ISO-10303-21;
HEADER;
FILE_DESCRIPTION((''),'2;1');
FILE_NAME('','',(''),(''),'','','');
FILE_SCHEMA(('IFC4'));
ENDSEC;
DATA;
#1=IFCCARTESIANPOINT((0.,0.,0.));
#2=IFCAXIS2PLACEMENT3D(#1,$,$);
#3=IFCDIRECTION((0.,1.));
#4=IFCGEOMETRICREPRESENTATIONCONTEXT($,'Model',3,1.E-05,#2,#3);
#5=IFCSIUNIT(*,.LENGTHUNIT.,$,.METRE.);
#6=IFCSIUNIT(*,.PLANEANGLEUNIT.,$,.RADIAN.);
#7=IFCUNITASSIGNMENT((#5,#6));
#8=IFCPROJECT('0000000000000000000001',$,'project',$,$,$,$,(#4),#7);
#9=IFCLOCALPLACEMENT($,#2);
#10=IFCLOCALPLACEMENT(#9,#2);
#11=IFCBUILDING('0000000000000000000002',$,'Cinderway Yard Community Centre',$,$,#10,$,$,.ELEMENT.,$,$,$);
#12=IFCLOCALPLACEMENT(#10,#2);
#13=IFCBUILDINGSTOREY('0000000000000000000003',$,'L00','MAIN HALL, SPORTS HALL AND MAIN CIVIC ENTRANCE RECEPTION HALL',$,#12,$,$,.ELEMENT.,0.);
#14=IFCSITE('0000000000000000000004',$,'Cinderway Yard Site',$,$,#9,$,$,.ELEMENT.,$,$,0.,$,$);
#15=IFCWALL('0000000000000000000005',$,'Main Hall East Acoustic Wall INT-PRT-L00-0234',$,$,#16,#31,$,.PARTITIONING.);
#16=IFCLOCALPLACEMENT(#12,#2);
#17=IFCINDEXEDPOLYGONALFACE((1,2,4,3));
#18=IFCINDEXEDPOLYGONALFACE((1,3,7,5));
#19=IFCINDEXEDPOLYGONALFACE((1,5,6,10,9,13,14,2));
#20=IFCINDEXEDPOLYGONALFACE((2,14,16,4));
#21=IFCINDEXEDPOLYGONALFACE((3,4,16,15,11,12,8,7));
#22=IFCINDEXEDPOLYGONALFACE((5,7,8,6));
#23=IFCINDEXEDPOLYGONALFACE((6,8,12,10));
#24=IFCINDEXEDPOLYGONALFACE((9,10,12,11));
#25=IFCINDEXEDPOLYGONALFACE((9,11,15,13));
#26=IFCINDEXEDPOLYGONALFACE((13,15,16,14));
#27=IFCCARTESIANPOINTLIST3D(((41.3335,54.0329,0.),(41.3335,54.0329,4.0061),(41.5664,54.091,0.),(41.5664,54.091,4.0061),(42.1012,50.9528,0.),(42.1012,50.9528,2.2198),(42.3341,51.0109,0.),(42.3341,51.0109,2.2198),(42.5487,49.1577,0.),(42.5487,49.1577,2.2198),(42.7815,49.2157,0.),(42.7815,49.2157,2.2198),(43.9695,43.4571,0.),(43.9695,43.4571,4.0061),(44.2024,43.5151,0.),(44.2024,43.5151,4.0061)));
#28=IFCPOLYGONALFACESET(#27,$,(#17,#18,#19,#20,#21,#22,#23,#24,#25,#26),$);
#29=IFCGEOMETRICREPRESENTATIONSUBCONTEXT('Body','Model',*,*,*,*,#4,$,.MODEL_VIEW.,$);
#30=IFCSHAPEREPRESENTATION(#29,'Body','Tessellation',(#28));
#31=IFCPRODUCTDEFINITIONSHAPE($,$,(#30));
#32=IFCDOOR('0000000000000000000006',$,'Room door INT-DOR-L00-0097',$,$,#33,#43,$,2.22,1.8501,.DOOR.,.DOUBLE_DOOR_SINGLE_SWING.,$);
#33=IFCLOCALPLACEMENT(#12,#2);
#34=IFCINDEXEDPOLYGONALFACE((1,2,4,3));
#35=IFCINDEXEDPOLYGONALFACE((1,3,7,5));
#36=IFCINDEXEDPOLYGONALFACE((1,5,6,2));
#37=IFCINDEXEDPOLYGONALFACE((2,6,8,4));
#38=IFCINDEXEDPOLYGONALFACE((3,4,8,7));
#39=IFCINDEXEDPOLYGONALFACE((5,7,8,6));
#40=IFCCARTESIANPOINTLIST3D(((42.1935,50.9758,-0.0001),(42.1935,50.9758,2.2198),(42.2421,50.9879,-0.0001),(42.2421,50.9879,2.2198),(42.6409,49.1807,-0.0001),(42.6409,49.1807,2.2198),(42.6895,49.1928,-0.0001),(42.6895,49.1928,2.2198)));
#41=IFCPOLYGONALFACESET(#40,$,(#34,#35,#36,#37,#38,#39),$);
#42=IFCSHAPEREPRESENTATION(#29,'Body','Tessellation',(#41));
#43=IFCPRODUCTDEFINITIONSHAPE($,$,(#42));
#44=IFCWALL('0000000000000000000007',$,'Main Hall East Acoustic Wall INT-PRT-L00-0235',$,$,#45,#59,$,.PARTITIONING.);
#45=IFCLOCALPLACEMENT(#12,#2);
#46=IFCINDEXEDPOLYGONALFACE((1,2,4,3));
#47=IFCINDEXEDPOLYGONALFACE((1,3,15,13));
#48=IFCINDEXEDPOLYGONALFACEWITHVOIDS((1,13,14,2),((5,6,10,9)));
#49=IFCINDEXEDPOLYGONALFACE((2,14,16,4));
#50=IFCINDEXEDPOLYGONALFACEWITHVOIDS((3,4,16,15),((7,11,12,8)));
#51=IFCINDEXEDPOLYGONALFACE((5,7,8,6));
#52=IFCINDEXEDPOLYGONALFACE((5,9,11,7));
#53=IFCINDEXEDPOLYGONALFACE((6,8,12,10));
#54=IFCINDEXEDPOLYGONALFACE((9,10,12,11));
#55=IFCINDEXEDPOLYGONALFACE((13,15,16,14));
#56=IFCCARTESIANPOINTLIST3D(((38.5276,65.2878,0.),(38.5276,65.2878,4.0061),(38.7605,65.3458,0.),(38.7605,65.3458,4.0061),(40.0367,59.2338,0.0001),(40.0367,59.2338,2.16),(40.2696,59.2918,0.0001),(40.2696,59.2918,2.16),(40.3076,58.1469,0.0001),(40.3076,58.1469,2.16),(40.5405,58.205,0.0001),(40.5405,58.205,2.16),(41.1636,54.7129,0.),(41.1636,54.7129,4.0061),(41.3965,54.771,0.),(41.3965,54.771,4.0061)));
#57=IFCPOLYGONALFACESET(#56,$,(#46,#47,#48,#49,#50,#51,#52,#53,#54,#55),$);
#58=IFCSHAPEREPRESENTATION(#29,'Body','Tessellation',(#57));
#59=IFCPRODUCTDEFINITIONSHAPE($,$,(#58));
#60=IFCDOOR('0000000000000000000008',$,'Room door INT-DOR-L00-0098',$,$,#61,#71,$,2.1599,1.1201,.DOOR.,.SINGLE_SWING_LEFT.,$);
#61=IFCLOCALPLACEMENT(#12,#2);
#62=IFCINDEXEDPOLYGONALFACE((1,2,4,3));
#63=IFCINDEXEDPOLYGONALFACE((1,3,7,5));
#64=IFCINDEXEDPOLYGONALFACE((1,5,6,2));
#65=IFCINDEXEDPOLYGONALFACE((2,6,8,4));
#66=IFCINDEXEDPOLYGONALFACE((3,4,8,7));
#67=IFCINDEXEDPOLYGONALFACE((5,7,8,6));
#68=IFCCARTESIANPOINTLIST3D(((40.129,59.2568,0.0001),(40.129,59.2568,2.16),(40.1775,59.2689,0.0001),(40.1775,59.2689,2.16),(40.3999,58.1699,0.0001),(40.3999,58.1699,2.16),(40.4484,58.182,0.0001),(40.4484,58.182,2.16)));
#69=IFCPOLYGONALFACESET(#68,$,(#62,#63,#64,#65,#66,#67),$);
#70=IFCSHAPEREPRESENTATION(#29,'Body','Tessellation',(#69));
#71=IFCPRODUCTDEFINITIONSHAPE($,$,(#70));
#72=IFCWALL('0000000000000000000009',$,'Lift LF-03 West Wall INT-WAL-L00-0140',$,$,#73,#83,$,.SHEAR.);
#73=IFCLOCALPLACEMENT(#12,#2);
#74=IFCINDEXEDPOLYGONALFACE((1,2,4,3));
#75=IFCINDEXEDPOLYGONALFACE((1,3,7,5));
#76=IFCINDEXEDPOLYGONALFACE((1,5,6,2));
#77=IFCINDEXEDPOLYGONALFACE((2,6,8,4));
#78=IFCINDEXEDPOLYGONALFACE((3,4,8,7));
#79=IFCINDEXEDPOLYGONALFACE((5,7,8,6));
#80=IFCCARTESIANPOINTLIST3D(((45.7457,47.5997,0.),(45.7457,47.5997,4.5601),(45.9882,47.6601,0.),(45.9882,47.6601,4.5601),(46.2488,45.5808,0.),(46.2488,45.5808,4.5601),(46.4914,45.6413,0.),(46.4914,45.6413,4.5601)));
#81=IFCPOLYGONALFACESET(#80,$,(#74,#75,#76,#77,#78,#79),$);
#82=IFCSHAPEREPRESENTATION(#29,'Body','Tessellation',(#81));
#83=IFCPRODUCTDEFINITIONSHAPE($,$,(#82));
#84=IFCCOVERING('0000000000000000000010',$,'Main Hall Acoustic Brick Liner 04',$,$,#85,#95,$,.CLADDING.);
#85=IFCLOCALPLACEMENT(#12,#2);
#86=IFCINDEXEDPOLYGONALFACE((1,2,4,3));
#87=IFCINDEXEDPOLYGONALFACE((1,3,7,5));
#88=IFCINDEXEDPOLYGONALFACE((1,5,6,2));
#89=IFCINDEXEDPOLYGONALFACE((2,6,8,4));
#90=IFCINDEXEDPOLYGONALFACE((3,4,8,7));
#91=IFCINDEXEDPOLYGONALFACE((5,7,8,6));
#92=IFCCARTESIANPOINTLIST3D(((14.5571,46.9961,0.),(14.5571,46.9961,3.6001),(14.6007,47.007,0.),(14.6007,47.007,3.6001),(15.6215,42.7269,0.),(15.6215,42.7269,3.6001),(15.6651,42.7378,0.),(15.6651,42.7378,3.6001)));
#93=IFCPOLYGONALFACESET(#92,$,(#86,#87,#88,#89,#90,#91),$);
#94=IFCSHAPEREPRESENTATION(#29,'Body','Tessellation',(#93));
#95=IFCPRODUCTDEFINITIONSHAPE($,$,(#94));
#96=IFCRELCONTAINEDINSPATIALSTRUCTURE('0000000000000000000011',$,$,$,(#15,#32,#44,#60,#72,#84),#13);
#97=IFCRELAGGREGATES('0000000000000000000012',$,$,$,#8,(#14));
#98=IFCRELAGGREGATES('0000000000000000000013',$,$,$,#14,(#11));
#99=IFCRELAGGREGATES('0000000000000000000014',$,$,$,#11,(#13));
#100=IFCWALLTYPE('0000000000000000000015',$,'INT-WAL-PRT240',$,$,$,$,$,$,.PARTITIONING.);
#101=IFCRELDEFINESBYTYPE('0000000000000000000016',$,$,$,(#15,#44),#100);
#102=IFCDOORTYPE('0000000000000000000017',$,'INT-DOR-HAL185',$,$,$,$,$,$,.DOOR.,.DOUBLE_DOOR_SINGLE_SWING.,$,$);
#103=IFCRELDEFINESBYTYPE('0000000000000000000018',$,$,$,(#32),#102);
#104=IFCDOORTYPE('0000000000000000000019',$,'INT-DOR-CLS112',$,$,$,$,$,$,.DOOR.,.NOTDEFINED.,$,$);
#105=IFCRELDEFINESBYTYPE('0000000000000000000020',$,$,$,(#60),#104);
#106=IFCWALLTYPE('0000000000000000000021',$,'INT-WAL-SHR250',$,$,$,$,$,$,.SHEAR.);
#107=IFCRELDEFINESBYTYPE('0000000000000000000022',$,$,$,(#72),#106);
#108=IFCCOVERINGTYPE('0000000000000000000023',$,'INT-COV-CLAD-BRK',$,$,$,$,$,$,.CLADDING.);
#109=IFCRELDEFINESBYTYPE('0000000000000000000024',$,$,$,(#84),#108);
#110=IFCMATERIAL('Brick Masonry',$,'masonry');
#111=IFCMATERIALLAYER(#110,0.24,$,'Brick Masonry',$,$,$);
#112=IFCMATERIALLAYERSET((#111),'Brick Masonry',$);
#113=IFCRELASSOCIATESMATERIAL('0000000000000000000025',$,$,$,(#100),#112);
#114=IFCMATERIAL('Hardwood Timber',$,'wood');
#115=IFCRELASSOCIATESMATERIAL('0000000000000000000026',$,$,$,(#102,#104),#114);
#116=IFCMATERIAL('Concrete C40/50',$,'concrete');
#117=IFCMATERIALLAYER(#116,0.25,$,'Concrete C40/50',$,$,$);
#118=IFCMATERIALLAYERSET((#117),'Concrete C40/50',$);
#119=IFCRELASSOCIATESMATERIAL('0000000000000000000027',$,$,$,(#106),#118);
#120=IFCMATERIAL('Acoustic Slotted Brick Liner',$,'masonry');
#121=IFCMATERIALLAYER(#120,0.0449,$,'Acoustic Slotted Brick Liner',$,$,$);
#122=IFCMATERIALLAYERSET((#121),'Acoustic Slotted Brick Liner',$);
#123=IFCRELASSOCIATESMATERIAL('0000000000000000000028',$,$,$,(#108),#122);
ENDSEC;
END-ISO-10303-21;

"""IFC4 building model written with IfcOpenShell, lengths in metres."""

from ifc_helpers import new_model, si_unit, direction, frame, frame_2d, origin, origin_2d, place, context, subcontext, project, spatial, rectangle, extrude, material, layer, layer_set, type_object, element, fill, save


model = new_model("IFC4")

# Units and contexts
model_context = context("Model", 3, precision=1e-05, world=origin(), true_north=direction((0.0, 1.0)))
body_context = subcontext(model_context, "Body", "Model", "MODEL_VIEW")
ifc_project = project(units=[si_unit("LENGTHUNIT", "METRE"), si_unit("PLANEANGLEUNIT", "RADIAN")], contexts=[model_context])

# Site, building, storey
site_placement = place(None, origin())
site = spatial("IfcSite", under=ifc_project, at=site_placement, Name="Cinderway Yard Site", CompositionType="ELEMENT", RefElevation=0.0)
building_placement = place(site_placement, origin())
building = spatial("IfcBuilding", under=site, at=building_placement, Name="Cinderway Yard Community Centre", CompositionType="ELEMENT")
storey_placement = place(building_placement, origin())
storey = spatial("IfcBuildingStorey", under=building, at=storey_placement, Name="L00", Description="MAIN HALL, SPORTS HALL AND MAIN CIVIC ENTRANCE RECEPTION HALL", CompositionType="ELEMENT", Elevation=0.0)

# Shared definitions
ifc_material_1 = material(Name="Concrete C40/50", Category="concrete")

# Walls, openings, doors
ifc_material_2 = material(Name="Brick Masonry", Category="masonry")
ifc_layer_1 = layer(ifc_material_2, 0.24, Name="Brick Masonry")
ifc_layer_set_1 = layer_set([ifc_layer_1], Name="Brick Masonry")
wall_type_1 = type_object("IfcWallType", Name="INT-WAL-PRT240", PredefinedType="PARTITIONING", material=ifc_layer_set_1)
wall_1_placement = place(storey_placement, frame((44.0859, 43.4861, 0.0), z_axis=(0.0, 0.0, 1.0), x_axis=(-0.241845, 0.970315, 0.0)))
wall_1 = element("IfcWall", 1, at=wall_1_placement, inside=storey, type_object=wall_type_1, Name="Main Hall East Acoustic Wall INT-PRT-L00-0234", PredefinedType="PARTITIONING", context=body_context, shape_type="SweptSolid", body=[
    extrude(rectangle(XDim=10.8994, YDim=0.24, at=frame_2d((5.4497, 0.0))), origin(), (0.0, 0.0, 1.0), 4.0061),
])
opening_1_placement = place(wall_1_placement, frame((5.875, 0.0, 0.0)))
opening_1 = element("IfcOpeningElement", 2, at=opening_1_placement, cuts=wall_1, PredefinedType="OPENING", context=body_context, shape_type="SweptSolid", body=[
    extrude(rectangle(XDim=1.8501, YDim=2.22, at=frame_2d((0.925, 1.1099))), frame((0.0, 0.1299, 0.0), z_axis=(0.0, -1.0, 0.0), x_axis=(1.0, 0.0, 0.0)), (0.0, 0.0, 1.0), 0.26),
])
ifc_material_3 = material(Name="Hardwood Timber", Category="wood")
door_type_1 = type_object("IfcDoorType", Name="INT-DOR-HAL185", OperationType="DOUBLE_DOOR_SINGLE_SWING", PredefinedType="DOOR", material=ifc_material_3)
door_1_placement = place(opening_1_placement, origin())
door_1 = element("IfcDoor", 3, at=door_1_placement, inside=storey, type_object=door_type_1, Name="Room door INT-DOR-L00-0097", OperationType="DOUBLE_DOOR_SINGLE_SWING", OverallHeight=2.22, OverallWidth=1.8501, PredefinedType="DOOR", context=body_context, shape_type="SweptSolid", body=[
    extrude(rectangle(XDim=1.8501, YDim=2.22, at=frame_2d((0.925, 1.1099))), frame((0.0, 0.0249, 0.0), z_axis=(0.0, -1.0, 0.0), x_axis=(1.0, 0.0, 0.0)), (0.0, 0.0, 1.0), 0.05),
])
fill(opening_1, door_1)
wall_2_placement = place(storey_placement, frame((41.28, 54.7419, 0.0), z_axis=(0.0, 0.0, 1.0), x_axis=(-0.241866, 0.97031, 0.0)))
wall_2 = element("IfcWall", 4, at=wall_2_placement, inside=storey, type_object=wall_type_1, Name="Main Hall East Acoustic Wall INT-PRT-L00-0235", PredefinedType="PARTITIONING", context=body_context, shape_type="SweptSolid", body=[
    extrude(rectangle(XDim=10.8984, YDim=0.24, at=frame_2d((5.4492, 0.0))), origin(), (0.0, 0.0, 1.0), 4.0061),
])
opening_2_placement = place(wall_2_placement, frame((3.5391, 0.0, 0.0)))
opening_2 = element("IfcOpeningElement", 5, at=opening_2_placement, cuts=wall_2, PredefinedType="OPENING", context=body_context, shape_type="SweptSolid", body=[
    extrude(rectangle(XDim=1.1201, YDim=2.1599, at=frame_2d((0.5601, 1.0801))), frame((0.0, 0.1299, 0.0), z_axis=(0.0, -1.0, 0.0), x_axis=(1.0, 0.0, 0.0)), (0.0, 0.0, 1.0), 0.26),
])
door_type_2 = type_object("IfcDoorType", Name="INT-DOR-CLS112", OperationType="NOTDEFINED", PredefinedType="DOOR", material=ifc_material_3)
door_2_placement = place(opening_2_placement, origin())
door_2 = element("IfcDoor", 6, at=door_2_placement, inside=storey, type_object=door_type_2, Name="Room door INT-DOR-L00-0098", OperationType="SINGLE_SWING_LEFT", OverallHeight=2.1599, OverallWidth=1.1201, PredefinedType="DOOR", context=body_context, shape_type="SweptSolid", body=[
    extrude(rectangle(XDim=1.1201, YDim=2.1599, at=frame_2d((0.5601, 1.0801))), frame((0.0, 0.0249, 0.0), z_axis=(0.0, -1.0, 0.0), x_axis=(1.0, 0.0, 0.0)), (0.0, 0.0, 1.0), 0.05),
])
fill(opening_2, door_2)
ifc_layer_2 = layer(ifc_material_1, 0.25, Name="Concrete C40/50")
ifc_layer_set_2 = layer_set([ifc_layer_2], Name="Concrete C40/50")
wall_type_2 = type_object("IfcWallType", Name="INT-WAL-SHR250", PredefinedType="SHEAR", material=ifc_layer_set_2)

# Wall
wall_3_placement = place(storey_placement, frame((45.8669, 47.6299, 0.0), z_axis=(0.0, 0.0, 1.0), x_axis=(0.241845, -0.970315, 0.0)))
element("IfcWall", 7, at=wall_3_placement, inside=storey, type_object=wall_type_2, Name="Lift LF-03 West Wall INT-WAL-L00-0140", PredefinedType="SHEAR", context=body_context, shape_type="SweptSolid", body=[
    extrude(rectangle(XDim=2.0806, YDim=0.25, at=frame_2d((1.0403, 0.0))), origin(), (0.0, 0.0, 1.0), 4.5601),
])

# Covering
ifc_material_4 = material(Name="Acoustic Slotted Brick Liner", Category="masonry")
ifc_layer_3 = layer(ifc_material_4, 0.0449, Name="Acoustic Slotted Brick Liner")
ifc_layer_set_3 = layer_set([ifc_layer_3], Name="Acoustic Slotted Brick Liner")
covering_type = type_object("IfcCoveringType", Name="INT-COV-CLAD-BRK", PredefinedType="CLADDING", material=ifc_layer_set_3)
covering_placement = place(storey_placement, frame((15.1111, 44.8669, 0.0), z_axis=(0.0, 0.0, 1.0), x_axis=(0.970296, 0.241922, 0.0)))
element("IfcCovering", 8, at=covering_placement, inside=storey, type_object=covering_type, Name="Main Hall Acoustic Brick Liner 04", PredefinedType="CLADDING", context=body_context, shape_type="SweptSolid", body=[
    extrude(rectangle(XDim=0.0449, YDim=4.3999, at=origin_2d()), origin(), (0.0, 0.0, 1.0), 3.6001),
])

save(model, "model.ifc")
